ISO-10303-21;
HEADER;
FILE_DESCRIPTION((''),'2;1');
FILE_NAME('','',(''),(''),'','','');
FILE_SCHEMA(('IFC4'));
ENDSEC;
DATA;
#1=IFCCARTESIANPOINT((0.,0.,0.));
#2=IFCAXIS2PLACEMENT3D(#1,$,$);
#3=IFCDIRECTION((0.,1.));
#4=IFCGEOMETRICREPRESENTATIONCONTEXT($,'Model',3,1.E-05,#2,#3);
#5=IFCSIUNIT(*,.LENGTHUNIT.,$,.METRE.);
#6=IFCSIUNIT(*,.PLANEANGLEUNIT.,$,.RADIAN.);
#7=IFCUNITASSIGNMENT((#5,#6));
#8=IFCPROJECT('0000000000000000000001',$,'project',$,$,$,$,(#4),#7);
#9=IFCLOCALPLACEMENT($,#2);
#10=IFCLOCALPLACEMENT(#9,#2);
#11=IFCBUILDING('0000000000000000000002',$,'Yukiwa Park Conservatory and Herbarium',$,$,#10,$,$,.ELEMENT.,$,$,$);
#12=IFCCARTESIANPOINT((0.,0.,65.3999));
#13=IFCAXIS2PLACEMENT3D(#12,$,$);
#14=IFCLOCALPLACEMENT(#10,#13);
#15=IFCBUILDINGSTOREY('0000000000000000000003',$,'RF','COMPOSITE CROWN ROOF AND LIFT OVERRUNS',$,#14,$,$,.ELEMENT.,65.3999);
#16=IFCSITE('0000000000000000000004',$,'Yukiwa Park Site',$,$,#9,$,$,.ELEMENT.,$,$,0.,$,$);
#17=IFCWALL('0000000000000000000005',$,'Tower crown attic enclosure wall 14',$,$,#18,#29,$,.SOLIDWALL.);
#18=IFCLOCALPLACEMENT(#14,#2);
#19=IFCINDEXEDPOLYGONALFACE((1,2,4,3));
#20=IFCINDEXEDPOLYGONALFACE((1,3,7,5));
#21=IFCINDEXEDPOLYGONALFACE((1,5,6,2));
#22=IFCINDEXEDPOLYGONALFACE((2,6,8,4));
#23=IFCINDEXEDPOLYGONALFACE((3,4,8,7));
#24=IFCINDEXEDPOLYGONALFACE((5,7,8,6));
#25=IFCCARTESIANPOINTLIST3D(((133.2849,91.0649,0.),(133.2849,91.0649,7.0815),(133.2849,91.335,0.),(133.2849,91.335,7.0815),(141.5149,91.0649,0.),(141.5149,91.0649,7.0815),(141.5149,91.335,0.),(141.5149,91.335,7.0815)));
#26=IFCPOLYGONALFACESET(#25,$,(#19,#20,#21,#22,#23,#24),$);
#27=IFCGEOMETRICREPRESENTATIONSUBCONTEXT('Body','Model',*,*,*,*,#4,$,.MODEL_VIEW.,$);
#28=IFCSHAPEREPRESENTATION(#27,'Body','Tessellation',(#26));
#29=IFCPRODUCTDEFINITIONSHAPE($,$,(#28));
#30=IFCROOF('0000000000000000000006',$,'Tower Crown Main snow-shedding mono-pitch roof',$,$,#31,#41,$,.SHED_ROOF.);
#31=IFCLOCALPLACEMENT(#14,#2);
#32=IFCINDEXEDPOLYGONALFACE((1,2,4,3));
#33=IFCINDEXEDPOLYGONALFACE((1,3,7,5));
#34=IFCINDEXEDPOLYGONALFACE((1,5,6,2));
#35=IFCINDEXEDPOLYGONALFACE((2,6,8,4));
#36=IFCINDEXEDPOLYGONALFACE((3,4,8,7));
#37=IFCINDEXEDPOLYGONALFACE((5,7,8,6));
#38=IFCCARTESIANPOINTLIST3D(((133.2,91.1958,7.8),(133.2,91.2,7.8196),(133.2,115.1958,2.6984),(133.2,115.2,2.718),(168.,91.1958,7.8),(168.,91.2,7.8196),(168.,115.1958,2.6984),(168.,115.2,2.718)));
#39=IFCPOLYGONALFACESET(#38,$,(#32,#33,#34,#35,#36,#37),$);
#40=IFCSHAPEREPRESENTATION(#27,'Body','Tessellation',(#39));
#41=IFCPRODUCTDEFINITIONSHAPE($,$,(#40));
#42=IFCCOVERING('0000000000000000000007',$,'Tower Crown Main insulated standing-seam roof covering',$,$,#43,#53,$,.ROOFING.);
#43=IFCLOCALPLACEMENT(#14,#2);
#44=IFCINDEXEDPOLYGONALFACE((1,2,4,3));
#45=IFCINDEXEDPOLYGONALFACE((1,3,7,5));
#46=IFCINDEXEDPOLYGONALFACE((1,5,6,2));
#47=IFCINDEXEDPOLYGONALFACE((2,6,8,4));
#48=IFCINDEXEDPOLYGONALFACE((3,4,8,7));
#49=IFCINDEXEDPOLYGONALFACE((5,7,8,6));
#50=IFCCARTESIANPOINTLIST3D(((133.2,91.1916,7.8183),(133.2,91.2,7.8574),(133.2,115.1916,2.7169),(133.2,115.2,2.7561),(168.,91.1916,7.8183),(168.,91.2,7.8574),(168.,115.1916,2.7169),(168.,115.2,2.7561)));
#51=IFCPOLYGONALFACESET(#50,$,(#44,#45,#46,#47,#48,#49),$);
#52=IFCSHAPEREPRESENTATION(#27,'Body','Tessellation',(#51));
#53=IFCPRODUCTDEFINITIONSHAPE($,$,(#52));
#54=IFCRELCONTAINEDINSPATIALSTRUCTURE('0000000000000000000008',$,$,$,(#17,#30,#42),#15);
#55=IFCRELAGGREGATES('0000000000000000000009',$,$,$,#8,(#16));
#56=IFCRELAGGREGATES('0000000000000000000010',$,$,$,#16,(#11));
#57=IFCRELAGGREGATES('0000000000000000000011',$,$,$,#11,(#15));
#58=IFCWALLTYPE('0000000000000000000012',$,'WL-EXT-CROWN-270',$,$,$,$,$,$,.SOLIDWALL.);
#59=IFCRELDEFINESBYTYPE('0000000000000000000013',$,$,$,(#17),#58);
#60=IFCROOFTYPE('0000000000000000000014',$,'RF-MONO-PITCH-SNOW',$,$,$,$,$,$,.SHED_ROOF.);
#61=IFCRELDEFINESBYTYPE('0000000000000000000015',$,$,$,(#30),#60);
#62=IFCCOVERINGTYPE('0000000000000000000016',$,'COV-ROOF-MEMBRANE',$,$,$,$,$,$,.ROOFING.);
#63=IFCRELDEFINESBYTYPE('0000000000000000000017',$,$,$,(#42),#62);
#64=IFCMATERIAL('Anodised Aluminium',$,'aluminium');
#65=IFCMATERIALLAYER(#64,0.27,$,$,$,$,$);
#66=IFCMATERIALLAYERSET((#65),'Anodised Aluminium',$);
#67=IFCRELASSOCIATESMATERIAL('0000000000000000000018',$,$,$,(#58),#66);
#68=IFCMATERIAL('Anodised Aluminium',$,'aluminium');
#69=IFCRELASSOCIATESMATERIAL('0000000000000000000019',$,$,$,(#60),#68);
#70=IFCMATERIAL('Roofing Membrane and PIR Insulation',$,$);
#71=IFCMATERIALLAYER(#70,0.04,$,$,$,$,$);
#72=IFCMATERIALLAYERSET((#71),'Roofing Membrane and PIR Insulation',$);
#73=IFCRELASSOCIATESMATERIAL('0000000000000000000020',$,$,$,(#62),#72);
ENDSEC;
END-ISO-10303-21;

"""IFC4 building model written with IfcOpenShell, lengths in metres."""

from ifc_helpers import new_model, si_unit, direction, frame, frame_2d, origin, place, context, subcontext, project, spatial, polyline, rectangle, outline, extrude, material, layer, layer_set, type_object, element, save


model = new_model("IFC4")

# Units and contexts
model_context = context("Model", 3, precision=1e-05, world=origin(), true_north=direction((0.0, 1.0)))
body_context = subcontext(model_context, "Body", "Model", "MODEL_VIEW")
ifc_project = project(units=[si_unit("LENGTHUNIT", "METRE"), si_unit("PLANEANGLEUNIT", "RADIAN")], contexts=[model_context])

# Site, building, storey
site_placement = place(None, origin())
site = spatial("IfcSite", under=ifc_project, at=site_placement, Name="Yukiwa Park Site", CompositionType="ELEMENT", RefElevation=0.0)
building_placement = place(site_placement, origin())
building = spatial("IfcBuilding", under=site, at=building_placement, Name="Yukiwa Park Conservatory and Herbarium", CompositionType="ELEMENT")
storey_placement = place(building_placement, frame((0.0, 0.0, 65.3999)))
storey = spatial("IfcBuildingStorey", under=building, at=storey_placement, Name="RF", Description="COMPOSITE CROWN ROOF AND LIFT OVERRUNS", CompositionType="ELEMENT", Elevation=65.3999)

# Wall
ifc_material_1 = material(Name="Anodised Aluminium", Category="aluminium")
ifc_layer_1 = layer(ifc_material_1, 0.27)
ifc_layer_set_1 = layer_set([ifc_layer_1], Name="Anodised Aluminium")
wall_type = type_object("IfcWallType", Name="WL-EXT-CROWN-270", PredefinedType="SOLIDWALL", material=ifc_layer_set_1)
wall_1_placement = place(storey_placement, frame((133.2849, 91.2, 0.0), z_axis=(0.0, 0.0, 1.0), x_axis=(1.0, 0.0, 0.0)))
element("IfcWall", 1, at=wall_1_placement, inside=storey, type_object=wall_type, Name="Tower crown attic enclosure wall 14", PredefinedType="SOLIDWALL", context=body_context, shape_type="SweptSolid", body=[
    extrude(rectangle(XDim=8.23, YDim=0.27, at=frame_2d((4.115, 0.0))), origin(), (0.0, 0.0, 1.0), 7.0815),
])

# Roof
ifc_material_2 = material(Name="Anodised Aluminium", Category="aluminium")
roof_type = type_object("IfcRoofType", Name="RF-MONO-PITCH-SNOW", PredefinedType="SHED_ROOF", material=ifc_material_2)
roof_placement = place(storey_placement, frame((133.2, 91.2, 7.8196), z_axis=(0.0, 0.20792, 0.978146), x_axis=(1.0, 0.0, 0.0)))
element("IfcRoof", 2, at=roof_placement, inside=storey, type_object=roof_type, Name="Tower Crown Main snow-shedding mono-pitch roof", PredefinedType="SHED_ROOF", context=body_context, shape_type="SweptSolid", body=[
    extrude(outline(polyline([(0.0, 0.0), (34.8, 0.0), (34.8, 24.5362), (0.0, 24.5362), (0.0, 0.0)])), origin(), (0.0, 0.0, -1.0), 0.02),
])

# Covering
ifc_material_3 = material(Name="Roofing Membrane and PIR Insulation")
ifc_layer_2 = layer(ifc_material_3, 0.04)
ifc_layer_set_2 = layer_set([ifc_layer_2], Name="Roofing Membrane and PIR Insulation")
covering_type = type_object("IfcCoveringType", Name="COV-ROOF-MEMBRANE", PredefinedType="ROOFING", material=ifc_layer_set_2)
covering_placement = place(storey_placement, frame((133.2, 91.2, 7.8574), z_axis=(0.0, 0.20791, 0.978148), x_axis=(1.0, 0.0, 0.0)))
element("IfcCovering", 3, at=covering_placement, inside=storey, type_object=covering_type, Name="Tower Crown Main insulated standing-seam roof covering", PredefinedType="ROOFING", context=body_context, shape_type="SweptSolid", body=[
    extrude(outline(polyline([(0.0, 0.0), (34.8, 0.0), (34.8, 24.5362), (0.0, 24.5362), (0.0, 0.0)])), origin(), (0.0, 0.0, -1.0), 0.04),
])

save(model, "model.ifc")
